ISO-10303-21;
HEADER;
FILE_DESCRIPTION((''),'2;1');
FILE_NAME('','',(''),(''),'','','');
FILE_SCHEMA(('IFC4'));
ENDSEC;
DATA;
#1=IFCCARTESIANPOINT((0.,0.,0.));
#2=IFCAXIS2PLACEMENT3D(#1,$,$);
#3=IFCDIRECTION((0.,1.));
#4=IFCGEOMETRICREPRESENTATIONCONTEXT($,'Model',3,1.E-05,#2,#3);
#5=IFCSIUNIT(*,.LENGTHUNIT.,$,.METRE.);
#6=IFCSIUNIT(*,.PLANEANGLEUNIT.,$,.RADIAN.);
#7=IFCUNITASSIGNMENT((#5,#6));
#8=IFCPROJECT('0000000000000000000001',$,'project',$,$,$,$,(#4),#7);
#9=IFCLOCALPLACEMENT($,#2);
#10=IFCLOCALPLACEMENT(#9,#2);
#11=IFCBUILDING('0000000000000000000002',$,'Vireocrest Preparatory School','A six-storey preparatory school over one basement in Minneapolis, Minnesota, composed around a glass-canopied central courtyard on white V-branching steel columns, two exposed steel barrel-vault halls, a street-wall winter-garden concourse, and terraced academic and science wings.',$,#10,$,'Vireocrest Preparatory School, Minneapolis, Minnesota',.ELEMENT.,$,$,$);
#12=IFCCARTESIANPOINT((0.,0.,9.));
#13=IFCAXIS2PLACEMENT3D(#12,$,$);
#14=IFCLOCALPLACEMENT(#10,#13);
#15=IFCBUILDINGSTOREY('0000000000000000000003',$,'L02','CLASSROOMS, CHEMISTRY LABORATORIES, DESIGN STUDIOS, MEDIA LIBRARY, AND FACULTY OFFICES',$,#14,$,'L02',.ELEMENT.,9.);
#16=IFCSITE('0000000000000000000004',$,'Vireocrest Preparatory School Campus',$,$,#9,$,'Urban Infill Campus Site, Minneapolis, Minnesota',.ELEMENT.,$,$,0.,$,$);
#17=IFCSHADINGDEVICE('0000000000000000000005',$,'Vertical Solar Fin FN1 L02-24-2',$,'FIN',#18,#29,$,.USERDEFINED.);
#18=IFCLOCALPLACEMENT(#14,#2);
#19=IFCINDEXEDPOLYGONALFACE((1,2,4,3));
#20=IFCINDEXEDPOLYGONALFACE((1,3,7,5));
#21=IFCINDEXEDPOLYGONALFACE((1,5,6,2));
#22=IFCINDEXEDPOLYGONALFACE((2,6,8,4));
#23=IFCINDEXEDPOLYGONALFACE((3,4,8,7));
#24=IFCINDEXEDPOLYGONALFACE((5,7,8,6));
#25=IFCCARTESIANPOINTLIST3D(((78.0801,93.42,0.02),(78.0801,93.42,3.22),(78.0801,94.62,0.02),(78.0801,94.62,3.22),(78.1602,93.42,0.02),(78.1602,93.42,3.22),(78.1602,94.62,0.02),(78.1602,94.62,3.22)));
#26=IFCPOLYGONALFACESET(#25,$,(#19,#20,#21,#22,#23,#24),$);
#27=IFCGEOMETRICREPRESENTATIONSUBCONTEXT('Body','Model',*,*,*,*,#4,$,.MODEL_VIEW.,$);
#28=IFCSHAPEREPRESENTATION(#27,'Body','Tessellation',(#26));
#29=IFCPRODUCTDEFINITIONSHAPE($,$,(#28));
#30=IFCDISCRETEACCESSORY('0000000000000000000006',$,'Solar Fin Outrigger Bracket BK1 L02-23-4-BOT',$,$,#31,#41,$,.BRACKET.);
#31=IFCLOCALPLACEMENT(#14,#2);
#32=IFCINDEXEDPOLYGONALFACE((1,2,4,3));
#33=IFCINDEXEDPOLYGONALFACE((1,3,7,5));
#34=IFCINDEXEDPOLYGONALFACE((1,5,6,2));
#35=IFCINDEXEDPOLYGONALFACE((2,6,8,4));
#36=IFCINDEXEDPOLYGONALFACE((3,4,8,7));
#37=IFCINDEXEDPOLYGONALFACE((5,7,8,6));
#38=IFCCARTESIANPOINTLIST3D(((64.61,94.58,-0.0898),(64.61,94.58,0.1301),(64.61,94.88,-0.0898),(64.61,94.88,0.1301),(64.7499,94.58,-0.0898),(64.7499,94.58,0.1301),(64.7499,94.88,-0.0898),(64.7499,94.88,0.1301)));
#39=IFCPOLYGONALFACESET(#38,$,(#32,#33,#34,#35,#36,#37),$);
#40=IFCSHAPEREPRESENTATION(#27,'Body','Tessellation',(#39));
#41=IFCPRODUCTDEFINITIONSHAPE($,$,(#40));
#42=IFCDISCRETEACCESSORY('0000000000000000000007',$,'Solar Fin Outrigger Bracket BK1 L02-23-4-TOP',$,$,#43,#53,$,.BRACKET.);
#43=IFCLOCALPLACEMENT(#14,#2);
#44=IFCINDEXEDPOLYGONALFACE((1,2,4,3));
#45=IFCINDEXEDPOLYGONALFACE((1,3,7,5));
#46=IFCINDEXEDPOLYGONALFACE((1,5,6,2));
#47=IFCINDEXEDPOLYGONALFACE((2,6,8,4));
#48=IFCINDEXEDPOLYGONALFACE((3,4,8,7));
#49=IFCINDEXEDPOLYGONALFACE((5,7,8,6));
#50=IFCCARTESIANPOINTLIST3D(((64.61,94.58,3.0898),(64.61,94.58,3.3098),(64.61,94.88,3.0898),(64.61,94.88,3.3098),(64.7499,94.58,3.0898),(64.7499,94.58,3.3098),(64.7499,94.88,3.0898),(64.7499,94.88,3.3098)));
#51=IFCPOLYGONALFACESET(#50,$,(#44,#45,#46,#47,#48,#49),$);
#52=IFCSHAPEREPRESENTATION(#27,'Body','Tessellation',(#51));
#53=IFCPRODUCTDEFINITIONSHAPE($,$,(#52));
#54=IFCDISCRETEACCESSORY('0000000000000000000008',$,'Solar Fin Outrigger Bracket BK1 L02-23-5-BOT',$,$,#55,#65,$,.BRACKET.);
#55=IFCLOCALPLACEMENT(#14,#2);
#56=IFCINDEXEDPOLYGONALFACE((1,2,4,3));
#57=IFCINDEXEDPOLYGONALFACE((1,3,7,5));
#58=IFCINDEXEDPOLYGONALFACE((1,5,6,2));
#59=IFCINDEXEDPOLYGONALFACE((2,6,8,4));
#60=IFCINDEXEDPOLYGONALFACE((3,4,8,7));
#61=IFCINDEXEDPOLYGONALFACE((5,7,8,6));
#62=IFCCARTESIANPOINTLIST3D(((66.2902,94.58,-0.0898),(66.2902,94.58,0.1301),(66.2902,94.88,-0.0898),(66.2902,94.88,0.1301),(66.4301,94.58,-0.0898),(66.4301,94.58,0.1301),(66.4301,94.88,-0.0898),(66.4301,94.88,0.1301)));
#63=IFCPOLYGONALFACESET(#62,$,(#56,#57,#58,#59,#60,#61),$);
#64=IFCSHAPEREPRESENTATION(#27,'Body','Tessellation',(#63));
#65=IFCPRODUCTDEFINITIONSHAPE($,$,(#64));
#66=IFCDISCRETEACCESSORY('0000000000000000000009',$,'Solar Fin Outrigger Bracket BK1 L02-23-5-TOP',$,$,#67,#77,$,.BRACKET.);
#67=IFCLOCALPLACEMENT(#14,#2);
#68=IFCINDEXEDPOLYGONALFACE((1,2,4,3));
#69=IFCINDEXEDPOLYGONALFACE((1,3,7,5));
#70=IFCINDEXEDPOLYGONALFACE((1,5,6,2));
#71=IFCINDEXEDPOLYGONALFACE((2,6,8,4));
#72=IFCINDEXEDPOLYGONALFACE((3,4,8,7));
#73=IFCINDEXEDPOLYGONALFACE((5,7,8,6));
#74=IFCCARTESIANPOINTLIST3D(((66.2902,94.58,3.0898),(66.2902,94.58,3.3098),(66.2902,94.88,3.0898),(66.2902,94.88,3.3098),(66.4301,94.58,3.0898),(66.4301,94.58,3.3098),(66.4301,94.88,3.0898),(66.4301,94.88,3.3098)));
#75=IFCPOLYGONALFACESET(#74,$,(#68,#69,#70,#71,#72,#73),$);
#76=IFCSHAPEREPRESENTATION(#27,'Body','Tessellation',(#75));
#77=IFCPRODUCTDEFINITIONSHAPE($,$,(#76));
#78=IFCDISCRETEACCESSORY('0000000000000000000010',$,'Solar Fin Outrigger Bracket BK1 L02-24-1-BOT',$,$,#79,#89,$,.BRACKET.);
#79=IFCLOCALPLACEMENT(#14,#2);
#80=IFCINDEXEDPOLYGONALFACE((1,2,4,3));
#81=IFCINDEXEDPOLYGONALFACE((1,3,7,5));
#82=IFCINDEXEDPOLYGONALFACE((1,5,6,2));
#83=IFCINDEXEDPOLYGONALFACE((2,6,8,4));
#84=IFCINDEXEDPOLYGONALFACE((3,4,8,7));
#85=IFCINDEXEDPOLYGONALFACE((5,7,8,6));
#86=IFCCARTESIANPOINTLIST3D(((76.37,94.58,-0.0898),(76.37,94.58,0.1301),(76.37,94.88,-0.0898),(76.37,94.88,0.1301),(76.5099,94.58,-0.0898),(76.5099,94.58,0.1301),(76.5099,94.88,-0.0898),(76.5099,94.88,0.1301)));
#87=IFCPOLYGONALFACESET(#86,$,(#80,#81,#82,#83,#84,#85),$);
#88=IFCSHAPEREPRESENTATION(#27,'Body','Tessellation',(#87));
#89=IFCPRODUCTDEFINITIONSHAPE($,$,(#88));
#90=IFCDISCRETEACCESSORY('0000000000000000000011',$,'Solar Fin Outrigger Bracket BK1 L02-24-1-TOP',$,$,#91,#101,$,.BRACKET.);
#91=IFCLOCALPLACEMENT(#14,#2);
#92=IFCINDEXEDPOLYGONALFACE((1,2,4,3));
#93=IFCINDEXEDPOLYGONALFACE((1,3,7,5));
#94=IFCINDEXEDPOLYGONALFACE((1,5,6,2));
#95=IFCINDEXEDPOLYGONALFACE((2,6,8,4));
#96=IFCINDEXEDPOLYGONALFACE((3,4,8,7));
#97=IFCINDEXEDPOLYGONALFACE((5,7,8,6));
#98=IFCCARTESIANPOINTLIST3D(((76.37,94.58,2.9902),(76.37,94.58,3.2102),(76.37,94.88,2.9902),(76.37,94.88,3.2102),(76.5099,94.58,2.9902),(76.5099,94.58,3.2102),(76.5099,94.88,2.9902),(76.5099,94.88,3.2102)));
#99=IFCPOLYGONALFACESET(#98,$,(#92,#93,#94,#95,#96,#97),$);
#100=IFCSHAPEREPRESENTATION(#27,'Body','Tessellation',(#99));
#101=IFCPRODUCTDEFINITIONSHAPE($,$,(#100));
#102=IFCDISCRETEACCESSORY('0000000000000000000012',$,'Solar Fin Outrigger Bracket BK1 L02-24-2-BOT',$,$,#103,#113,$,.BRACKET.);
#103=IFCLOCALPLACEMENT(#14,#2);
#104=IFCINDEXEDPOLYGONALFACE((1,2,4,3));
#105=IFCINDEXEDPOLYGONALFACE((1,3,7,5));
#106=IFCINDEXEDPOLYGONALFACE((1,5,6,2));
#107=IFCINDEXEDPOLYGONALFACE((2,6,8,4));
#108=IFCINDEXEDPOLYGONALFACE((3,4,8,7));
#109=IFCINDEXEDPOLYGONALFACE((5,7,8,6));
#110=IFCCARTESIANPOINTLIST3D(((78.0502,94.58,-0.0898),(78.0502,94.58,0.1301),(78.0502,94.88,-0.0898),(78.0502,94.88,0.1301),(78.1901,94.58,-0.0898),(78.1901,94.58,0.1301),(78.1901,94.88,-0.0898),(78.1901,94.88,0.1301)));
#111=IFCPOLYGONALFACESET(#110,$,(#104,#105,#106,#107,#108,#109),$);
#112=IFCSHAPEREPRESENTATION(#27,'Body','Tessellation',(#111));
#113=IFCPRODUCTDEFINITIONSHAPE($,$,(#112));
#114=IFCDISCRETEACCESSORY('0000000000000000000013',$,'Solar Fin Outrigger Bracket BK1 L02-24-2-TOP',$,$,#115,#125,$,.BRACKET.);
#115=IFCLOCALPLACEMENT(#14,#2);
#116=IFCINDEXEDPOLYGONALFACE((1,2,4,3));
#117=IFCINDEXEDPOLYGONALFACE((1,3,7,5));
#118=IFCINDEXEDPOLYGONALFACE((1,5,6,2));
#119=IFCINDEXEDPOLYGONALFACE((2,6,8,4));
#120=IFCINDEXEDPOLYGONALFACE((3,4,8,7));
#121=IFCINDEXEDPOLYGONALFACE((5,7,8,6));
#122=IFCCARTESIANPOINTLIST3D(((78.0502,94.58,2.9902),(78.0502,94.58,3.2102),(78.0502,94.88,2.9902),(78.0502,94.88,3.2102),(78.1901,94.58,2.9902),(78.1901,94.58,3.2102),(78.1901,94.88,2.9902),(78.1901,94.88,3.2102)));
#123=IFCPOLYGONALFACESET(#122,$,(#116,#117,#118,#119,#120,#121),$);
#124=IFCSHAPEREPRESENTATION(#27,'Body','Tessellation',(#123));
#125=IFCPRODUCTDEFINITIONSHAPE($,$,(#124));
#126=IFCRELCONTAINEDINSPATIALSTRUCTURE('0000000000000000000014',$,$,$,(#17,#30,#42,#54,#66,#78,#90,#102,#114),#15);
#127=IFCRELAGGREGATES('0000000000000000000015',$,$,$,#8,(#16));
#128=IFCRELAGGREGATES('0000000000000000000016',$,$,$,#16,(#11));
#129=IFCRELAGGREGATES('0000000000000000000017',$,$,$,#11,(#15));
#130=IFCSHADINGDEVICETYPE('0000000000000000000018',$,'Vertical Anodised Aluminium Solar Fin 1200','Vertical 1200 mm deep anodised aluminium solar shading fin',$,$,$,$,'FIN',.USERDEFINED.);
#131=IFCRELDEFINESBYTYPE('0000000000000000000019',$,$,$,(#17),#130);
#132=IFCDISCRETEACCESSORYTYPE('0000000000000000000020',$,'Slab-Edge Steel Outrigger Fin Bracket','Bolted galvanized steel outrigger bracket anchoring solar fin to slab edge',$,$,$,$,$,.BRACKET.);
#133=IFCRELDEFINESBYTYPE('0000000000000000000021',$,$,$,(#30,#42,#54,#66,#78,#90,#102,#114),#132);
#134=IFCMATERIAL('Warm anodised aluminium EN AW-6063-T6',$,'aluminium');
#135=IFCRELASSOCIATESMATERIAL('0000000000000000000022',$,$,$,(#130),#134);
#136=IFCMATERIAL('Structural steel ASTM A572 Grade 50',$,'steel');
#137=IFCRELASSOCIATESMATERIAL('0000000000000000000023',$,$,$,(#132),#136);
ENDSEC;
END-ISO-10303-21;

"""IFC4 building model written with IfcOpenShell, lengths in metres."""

from ifc_helpers import new_model, si_unit, direction, frame, origin, origin_2d, place, context, subcontext, project, spatial, rectangle, extrude, material, material_profile, profile_set, type_object, element, save


model = new_model("IFC4")

# Units and contexts
model_context = context("Model", 3, precision=1e-05, world=origin(), true_north=direction((0.0, 1.0)))
body_context = subcontext(model_context, "Body", "Model", "MODEL_VIEW")
ifc_project = project(units=[si_unit("LENGTHUNIT", "METRE"), si_unit("PLANEANGLEUNIT", "RADIAN")], contexts=[model_context])

# Site, building, storey
site_placement = place(None, origin())
site = spatial("IfcSite", under=ifc_project, at=site_placement, Name="Vireocrest Preparatory School Campus", LongName="Urban Infill Campus Site, Minneapolis, Minnesota", CompositionType="ELEMENT", RefElevation=0.0)
building_placement = place(site_placement, origin())
building = spatial("IfcBuilding", under=site, at=building_placement, Name="Vireocrest Preparatory School", Description="A six-storey preparatory school over one basement in Minneapolis, Minnesota, composed around a glass-canopied central courtyard on white V-branching steel columns, two exposed steel barrel-vault halls, a street-wall winter-garden concourse, and terraced academic and science wings.", LongName="Vireocrest Preparatory School, Minneapolis, Minnesota", CompositionType="ELEMENT")
storey_placement = place(building_placement, frame((0.0, 0.0, 9.0)))
storey = spatial("IfcBuildingStorey", under=building, at=storey_placement, Name="L02", Description="CLASSROOMS, CHEMISTRY LABORATORIES, DESIGN STUDIOS, MEDIA LIBRARY, AND FACULTY OFFICES", LongName="L02", CompositionType="ELEMENT", Elevation=9.0)

# Shading device
ifc_material_1 = material(Name="Warm anodised aluminium EN AW-6063-T6", Category="aluminium")
ifc_material_profile_1 = material_profile(ifc_material_1, rectangle(XDim=0.0801, YDim=1.2, at=origin_2d()), Name="FIN 80x1200")
ifc_profile_set_1 = profile_set([ifc_material_profile_1], Name="Warm anodised aluminium EN AW-6063-T6")
shading_device_type = type_object("IfcShadingDeviceType", Name="Vertical Anodised Aluminium Solar Fin 1200", Description="Vertical 1200 mm deep anodised aluminium solar shading fin", ElementType="FIN", PredefinedType="USERDEFINED", material=ifc_profile_set_1)
for number, where, z_axis, x_axis, name in (
    (1, (78.1201, 94.02, 0.02), (0.0, 0.0, 1.0), (-1.0, 0.0, 0.0), "Vertical Solar Fin FN1 L02-24-2"),
):
    element("IfcShadingDevice", number, at=place(storey_placement, frame(where, z_axis=z_axis, x_axis=x_axis)), inside=storey, type_object=shading_device_type, Name=name, ObjectType="FIN", PredefinedType="USERDEFINED", context=body_context, shape_type="SweptSolid", body=[
        extrude(rectangle(XDim=0.0801, YDim=1.2, at=origin_2d()), origin(), (0.0, 0.0, 1.0), 3.2),
    ])

# Discrete accessories
ifc_material_2 = material(Name="Structural steel ASTM A572 Grade 50", Category="steel")
discrete_accessory_type = type_object("IfcDiscreteAccessoryType", Name="Slab-Edge Steel Outrigger Fin Bracket", Description="Bolted galvanized steel outrigger bracket anchoring solar fin to slab edge", PredefinedType="BRACKET", material=ifc_material_2)
for number, where, z_axis, x_axis, name in (
    (2, (64.6799, 94.73, -0.0898), (0.0, 0.0, 1.0), (-1.0, 0.0, 0.0), "Solar Fin Outrigger Bracket BK1 L02-23-4-BOT"),
    (3, (64.6799, 94.73, 3.0898), (0.0, 0.0, 1.0), (-1.0, 0.0, 0.0), "Solar Fin Outrigger Bracket BK1 L02-23-4-TOP"),
    (4, (66.3601, 94.73, -0.0898), (0.0, 0.0, 1.0), (-1.0, 0.0, 0.0), "Solar Fin Outrigger Bracket BK1 L02-23-5-BOT"),
    (5, (66.3601, 94.73, 3.0898), (0.0, 0.0, 1.0), (-1.0, 0.0, 0.0), "Solar Fin Outrigger Bracket BK1 L02-23-5-TOP"),
    (6, (76.4399, 94.73, -0.0898), (0.0, 0.0, 1.0), (-1.0, 0.0, 0.0), "Solar Fin Outrigger Bracket BK1 L02-24-1-BOT"),
    (7, (76.4399, 94.73, 2.9902), (0.0, 0.0, 1.0), (-1.0, 0.0, 0.0), "Solar Fin Outrigger Bracket BK1 L02-24-1-TOP"),
    (8, (78.1201, 94.73, -0.0898), (0.0, 0.0, 1.0), (-1.0, 0.0, 0.0), "Solar Fin Outrigger Bracket BK1 L02-24-2-BOT"),
    (9, (78.1201, 94.73, 2.9902), (0.0, 0.0, 1.0), (-1.0, 0.0, 0.0), "Solar Fin Outrigger Bracket BK1 L02-24-2-TOP"),
):
    element("IfcDiscreteAccessory", number, at=place(storey_placement, frame(where, z_axis=z_axis, x_axis=x_axis)), inside=storey, type_object=discrete_accessory_type, Name=name, PredefinedType="BRACKET", context=body_context, shape_type="SweptSolid", body=[
        extrude(rectangle(XDim=0.1399, YDim=0.3, at=origin_2d()), origin(), (0.0, 0.0, 1.0), 0.22),
    ])

save(model, "model.ifc")
